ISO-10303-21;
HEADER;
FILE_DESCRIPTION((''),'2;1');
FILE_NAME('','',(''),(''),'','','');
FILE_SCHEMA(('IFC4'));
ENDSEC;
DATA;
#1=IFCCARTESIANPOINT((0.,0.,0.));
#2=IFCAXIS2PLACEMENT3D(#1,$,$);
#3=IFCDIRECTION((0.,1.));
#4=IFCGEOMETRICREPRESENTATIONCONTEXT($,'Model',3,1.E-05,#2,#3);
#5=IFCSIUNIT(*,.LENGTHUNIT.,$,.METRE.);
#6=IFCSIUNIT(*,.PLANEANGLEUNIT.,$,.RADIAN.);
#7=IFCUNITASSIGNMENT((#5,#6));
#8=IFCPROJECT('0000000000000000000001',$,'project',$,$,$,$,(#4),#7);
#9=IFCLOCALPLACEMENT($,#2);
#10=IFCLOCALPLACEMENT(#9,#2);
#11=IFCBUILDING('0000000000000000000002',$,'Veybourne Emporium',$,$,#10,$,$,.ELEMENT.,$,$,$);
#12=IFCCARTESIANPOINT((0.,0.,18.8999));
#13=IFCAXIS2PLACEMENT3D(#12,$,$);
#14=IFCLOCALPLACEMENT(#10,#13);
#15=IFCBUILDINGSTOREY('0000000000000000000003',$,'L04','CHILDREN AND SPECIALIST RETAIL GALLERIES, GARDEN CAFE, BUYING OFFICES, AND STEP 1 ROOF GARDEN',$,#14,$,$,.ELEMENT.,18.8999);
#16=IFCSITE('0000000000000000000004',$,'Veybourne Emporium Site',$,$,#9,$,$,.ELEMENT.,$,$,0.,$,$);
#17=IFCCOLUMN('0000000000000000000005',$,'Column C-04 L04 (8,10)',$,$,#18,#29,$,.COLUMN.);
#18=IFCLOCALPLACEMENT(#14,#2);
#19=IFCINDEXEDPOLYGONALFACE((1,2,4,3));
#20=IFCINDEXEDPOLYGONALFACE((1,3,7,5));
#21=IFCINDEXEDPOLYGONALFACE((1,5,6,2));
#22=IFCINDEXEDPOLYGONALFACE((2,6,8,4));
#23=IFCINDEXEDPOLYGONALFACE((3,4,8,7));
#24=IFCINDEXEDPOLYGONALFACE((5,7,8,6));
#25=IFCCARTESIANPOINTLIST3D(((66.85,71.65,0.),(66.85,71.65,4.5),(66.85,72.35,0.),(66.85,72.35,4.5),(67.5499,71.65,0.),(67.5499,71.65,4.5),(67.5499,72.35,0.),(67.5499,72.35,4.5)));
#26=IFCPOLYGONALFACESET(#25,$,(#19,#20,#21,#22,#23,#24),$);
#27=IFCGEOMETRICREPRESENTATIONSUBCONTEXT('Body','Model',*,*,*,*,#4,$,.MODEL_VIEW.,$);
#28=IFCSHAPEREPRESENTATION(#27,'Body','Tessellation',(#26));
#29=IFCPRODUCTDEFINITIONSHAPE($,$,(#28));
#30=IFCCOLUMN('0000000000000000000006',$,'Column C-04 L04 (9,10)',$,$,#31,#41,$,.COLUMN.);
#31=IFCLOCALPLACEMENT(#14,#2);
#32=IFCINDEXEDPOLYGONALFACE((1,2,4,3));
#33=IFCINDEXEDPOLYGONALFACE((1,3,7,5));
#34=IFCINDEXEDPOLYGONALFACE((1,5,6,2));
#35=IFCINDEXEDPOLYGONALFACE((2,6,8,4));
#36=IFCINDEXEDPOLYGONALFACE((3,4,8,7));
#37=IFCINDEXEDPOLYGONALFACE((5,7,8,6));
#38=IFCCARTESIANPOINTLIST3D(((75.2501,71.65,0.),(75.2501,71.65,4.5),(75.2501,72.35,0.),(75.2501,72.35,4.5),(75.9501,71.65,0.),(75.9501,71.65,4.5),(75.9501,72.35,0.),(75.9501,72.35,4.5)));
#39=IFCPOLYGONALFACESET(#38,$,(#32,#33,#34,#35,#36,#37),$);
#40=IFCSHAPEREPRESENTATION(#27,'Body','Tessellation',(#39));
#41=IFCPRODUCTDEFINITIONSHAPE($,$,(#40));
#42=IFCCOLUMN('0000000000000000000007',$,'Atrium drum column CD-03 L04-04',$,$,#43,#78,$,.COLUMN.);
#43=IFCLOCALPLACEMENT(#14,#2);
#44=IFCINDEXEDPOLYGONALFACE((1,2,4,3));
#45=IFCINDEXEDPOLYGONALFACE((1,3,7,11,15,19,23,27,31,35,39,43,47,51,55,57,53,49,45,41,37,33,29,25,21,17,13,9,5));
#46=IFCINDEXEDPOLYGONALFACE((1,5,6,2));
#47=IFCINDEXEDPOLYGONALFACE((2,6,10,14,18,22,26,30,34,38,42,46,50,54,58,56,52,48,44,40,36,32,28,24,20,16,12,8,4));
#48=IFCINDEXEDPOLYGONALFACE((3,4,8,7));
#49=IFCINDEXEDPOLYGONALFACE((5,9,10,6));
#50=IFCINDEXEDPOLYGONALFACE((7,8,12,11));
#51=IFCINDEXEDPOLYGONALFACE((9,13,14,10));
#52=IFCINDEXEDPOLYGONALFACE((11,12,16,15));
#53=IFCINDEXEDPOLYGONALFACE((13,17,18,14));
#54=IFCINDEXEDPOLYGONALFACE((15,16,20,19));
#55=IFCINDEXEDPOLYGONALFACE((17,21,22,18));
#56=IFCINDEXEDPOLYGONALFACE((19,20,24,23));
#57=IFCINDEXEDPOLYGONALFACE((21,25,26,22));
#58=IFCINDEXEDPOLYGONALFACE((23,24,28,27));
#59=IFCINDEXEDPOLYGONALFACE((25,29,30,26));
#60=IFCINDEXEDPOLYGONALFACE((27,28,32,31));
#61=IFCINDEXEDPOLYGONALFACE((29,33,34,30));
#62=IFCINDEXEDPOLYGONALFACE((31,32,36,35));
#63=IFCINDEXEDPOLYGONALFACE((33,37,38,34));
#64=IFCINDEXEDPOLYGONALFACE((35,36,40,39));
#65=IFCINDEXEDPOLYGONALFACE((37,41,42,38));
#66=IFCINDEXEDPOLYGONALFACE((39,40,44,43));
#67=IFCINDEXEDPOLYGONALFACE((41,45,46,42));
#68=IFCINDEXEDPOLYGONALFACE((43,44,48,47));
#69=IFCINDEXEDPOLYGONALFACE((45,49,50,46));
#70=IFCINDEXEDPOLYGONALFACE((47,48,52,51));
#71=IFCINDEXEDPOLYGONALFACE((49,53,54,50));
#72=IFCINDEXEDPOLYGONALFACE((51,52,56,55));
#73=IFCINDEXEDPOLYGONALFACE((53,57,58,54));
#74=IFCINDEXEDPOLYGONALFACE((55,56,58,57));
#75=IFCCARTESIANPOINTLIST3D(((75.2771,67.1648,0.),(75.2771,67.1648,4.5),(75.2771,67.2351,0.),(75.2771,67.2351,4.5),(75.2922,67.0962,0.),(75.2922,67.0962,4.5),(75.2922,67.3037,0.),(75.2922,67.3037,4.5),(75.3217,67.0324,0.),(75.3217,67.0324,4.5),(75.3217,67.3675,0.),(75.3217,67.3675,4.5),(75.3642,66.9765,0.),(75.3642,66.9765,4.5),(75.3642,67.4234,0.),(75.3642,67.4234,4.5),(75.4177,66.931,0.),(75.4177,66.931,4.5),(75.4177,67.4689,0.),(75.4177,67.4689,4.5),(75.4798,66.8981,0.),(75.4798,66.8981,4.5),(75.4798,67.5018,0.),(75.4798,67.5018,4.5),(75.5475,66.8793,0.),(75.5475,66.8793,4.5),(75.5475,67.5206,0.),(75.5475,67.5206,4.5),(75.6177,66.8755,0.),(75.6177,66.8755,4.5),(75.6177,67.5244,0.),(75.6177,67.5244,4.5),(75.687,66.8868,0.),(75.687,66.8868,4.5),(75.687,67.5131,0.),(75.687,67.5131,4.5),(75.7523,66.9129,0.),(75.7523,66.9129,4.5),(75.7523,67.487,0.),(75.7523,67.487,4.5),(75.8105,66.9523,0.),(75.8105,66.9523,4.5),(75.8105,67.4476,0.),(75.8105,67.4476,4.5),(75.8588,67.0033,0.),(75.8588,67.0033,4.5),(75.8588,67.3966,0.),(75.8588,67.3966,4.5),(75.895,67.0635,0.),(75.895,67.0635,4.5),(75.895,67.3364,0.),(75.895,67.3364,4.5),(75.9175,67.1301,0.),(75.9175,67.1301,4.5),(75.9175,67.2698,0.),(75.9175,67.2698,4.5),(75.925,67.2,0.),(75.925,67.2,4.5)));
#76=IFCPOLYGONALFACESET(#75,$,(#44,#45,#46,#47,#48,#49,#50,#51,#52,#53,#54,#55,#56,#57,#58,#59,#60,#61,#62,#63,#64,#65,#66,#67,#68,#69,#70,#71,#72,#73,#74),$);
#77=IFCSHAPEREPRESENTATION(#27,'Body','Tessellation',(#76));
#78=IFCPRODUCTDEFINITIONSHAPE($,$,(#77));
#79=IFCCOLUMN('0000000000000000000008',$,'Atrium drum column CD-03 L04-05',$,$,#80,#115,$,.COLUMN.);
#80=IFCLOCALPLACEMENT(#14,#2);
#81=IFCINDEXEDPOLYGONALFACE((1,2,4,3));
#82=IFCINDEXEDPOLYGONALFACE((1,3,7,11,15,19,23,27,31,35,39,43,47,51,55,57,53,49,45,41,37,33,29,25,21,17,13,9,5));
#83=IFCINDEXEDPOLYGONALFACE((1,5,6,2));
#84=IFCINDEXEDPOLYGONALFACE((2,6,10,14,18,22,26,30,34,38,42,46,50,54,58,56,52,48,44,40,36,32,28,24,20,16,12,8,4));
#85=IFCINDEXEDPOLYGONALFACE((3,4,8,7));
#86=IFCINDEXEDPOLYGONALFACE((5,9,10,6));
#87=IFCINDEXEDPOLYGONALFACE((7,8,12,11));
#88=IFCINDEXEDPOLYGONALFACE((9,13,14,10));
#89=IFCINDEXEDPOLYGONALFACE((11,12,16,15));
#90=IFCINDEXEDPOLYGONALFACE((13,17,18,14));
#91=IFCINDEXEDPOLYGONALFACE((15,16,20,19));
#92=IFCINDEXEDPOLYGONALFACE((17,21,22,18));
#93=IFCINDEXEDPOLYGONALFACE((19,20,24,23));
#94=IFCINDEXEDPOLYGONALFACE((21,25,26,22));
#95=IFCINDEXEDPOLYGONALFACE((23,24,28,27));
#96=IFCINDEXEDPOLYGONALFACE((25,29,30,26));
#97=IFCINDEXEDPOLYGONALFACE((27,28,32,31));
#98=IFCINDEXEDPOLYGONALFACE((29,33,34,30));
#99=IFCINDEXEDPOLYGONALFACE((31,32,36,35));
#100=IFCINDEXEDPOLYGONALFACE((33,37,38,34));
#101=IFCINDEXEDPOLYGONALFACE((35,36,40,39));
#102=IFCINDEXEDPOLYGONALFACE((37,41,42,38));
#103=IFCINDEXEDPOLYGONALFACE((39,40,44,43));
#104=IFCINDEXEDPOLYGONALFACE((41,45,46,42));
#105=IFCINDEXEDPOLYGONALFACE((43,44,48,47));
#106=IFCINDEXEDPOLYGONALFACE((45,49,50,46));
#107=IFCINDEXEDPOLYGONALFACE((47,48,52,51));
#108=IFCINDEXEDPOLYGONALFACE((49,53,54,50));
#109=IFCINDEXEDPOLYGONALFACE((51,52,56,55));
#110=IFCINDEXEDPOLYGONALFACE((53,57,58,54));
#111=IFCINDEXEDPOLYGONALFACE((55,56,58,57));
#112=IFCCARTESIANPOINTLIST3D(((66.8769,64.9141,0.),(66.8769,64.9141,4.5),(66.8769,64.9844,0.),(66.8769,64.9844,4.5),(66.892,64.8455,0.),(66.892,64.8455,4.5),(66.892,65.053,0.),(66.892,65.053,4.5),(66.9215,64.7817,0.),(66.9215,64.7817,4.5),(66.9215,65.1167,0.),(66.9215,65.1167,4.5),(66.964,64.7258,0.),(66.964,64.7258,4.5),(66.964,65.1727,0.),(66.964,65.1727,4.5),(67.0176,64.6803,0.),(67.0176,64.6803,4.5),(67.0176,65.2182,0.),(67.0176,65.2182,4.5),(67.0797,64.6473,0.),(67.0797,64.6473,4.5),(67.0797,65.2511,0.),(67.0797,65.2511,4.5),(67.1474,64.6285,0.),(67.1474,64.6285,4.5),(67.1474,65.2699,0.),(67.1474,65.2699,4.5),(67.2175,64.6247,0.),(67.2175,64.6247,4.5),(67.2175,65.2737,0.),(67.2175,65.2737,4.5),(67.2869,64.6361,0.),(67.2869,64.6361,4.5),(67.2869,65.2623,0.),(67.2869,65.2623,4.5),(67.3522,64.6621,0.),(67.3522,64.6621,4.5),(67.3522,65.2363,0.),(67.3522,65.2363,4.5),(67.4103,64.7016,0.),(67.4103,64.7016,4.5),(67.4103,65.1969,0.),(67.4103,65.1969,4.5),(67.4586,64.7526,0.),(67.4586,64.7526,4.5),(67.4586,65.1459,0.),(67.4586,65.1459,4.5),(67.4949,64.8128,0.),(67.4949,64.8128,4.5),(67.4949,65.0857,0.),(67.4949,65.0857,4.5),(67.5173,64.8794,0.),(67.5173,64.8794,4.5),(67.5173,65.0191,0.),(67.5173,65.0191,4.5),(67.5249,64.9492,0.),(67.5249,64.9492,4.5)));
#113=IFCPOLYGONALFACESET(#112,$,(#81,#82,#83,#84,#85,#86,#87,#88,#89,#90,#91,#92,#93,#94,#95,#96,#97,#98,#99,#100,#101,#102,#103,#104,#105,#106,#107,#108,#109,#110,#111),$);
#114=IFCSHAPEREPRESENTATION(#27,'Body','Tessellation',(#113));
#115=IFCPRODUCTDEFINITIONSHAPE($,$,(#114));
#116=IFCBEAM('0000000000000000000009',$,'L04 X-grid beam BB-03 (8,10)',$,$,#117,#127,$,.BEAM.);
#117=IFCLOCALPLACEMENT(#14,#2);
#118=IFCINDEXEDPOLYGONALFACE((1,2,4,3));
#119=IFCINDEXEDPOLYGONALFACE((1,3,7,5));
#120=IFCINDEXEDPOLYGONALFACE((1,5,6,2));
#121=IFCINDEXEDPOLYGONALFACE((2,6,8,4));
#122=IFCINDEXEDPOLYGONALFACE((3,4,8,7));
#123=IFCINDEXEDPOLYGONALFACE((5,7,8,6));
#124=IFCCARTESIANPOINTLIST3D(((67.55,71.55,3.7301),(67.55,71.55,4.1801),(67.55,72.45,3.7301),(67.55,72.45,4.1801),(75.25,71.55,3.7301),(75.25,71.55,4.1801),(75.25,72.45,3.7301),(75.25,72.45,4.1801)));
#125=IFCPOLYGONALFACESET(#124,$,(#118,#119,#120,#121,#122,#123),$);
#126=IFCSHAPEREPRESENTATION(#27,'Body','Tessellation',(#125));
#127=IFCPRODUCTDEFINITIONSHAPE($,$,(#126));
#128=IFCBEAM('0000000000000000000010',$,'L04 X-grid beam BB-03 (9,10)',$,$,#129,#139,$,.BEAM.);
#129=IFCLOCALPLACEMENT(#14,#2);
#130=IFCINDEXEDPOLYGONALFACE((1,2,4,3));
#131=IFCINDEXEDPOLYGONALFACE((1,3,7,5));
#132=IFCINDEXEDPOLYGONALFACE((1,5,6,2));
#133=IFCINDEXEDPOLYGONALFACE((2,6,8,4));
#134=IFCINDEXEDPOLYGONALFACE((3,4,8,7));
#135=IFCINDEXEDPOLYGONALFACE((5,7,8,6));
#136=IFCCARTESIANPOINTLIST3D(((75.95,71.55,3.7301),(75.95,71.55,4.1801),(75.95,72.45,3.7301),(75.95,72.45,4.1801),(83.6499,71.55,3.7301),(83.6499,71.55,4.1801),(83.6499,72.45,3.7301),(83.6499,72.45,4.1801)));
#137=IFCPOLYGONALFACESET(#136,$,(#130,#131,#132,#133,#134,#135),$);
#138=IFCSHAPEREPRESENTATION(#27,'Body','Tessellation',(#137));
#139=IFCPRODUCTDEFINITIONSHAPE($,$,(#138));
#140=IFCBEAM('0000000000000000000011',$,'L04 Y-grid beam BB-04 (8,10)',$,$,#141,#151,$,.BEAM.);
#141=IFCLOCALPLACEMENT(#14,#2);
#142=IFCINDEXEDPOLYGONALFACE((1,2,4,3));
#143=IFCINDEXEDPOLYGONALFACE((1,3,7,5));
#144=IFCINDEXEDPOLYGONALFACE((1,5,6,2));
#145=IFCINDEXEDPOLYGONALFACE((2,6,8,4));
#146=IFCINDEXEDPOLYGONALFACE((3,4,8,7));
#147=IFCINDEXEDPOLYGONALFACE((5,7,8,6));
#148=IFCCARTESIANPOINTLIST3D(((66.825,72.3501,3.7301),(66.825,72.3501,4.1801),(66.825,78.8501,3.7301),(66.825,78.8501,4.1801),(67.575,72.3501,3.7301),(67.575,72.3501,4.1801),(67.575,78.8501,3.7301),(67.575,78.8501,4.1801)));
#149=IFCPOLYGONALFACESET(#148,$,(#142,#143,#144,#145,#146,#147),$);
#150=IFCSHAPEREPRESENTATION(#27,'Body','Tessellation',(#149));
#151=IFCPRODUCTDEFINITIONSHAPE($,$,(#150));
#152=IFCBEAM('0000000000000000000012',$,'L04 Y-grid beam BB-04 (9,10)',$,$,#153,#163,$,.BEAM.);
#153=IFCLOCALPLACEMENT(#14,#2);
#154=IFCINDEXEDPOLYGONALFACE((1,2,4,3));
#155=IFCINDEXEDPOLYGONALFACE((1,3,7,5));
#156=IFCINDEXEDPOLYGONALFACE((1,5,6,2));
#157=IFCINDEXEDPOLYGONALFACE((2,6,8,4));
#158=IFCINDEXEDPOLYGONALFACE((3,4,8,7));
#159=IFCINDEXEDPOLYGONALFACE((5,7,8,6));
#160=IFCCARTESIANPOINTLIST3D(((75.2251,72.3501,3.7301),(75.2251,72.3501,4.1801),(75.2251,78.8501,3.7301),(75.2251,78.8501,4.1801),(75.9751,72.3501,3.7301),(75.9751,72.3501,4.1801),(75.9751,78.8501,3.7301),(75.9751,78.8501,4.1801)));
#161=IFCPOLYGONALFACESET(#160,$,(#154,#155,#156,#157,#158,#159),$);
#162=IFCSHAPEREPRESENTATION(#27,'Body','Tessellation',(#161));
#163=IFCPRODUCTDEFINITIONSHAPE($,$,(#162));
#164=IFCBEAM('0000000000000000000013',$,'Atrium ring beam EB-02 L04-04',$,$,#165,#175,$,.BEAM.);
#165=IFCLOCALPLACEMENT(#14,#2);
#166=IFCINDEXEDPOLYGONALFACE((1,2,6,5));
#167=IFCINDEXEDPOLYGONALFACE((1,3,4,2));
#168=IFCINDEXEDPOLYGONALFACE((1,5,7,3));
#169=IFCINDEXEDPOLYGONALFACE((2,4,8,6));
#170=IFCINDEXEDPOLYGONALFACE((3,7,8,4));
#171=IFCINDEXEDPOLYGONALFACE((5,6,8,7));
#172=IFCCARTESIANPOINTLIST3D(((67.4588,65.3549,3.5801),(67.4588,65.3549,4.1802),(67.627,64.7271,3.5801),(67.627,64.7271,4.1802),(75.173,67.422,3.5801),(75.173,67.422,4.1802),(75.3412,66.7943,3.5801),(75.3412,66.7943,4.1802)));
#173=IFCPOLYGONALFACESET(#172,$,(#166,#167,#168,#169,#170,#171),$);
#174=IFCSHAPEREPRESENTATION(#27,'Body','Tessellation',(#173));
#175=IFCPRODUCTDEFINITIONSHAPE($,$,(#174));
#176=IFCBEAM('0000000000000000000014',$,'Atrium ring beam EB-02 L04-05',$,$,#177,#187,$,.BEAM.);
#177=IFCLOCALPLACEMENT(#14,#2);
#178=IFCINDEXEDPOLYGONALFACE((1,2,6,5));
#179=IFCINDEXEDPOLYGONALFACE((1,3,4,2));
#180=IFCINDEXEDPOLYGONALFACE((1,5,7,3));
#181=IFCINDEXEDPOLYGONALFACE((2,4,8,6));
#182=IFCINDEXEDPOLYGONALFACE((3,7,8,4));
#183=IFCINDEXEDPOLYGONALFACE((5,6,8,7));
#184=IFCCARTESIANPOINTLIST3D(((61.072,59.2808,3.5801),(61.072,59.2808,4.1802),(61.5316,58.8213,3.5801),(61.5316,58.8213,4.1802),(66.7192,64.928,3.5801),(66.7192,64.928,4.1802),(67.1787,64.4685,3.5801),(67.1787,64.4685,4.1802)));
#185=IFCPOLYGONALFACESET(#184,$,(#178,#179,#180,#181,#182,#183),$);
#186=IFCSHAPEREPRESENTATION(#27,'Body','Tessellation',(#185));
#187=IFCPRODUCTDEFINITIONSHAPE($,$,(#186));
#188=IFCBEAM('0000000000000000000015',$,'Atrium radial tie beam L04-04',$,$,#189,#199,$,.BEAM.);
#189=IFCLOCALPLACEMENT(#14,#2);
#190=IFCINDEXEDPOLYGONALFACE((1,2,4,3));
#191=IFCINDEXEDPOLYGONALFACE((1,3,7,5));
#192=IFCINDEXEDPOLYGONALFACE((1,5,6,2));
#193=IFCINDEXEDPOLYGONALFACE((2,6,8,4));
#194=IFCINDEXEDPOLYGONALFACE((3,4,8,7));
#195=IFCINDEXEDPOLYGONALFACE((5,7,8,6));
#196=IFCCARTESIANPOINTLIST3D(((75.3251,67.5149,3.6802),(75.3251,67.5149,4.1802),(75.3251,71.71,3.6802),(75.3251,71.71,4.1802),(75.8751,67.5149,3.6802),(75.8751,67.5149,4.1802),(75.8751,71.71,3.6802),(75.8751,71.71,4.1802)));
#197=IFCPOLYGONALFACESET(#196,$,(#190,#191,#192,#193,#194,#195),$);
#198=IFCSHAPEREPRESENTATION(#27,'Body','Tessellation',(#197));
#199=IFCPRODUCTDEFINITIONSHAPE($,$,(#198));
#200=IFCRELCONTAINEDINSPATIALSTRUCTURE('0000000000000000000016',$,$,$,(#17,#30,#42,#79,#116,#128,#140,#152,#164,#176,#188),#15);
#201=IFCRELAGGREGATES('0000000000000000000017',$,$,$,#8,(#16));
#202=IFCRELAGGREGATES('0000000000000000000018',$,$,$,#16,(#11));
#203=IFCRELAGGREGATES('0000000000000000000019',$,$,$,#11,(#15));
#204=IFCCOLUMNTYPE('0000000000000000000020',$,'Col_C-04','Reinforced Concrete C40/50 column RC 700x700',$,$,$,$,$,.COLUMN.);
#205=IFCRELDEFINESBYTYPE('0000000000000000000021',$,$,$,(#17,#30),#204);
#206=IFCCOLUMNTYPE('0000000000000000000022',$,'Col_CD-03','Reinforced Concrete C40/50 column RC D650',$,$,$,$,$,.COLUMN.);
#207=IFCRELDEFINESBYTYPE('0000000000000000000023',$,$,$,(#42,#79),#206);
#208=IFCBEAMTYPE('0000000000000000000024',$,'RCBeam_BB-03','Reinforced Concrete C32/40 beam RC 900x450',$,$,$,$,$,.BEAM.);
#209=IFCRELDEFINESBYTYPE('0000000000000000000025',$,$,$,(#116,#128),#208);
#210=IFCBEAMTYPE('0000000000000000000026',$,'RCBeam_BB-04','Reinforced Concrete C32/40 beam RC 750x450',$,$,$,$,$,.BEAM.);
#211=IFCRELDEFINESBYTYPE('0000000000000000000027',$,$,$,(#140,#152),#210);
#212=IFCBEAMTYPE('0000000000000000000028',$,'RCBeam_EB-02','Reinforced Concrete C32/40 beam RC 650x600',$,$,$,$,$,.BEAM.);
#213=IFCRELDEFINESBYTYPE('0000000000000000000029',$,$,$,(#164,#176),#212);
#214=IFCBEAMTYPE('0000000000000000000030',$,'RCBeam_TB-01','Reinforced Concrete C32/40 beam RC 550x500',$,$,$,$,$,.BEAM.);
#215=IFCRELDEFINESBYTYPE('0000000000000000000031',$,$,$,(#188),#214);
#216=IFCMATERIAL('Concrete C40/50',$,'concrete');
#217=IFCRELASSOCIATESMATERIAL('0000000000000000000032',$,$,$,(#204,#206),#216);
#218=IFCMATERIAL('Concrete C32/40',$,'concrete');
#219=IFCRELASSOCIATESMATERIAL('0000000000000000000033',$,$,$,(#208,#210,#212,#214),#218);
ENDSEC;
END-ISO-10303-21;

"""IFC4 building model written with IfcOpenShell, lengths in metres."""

from ifc_helpers import new_model, si_unit, direction, frame, origin, origin_2d, place, context, subcontext, project, spatial, rectangle, circle, extrude, material, material_profile, profile_set, type_object, element, save


model = new_model("IFC4")

# Units and contexts
model_context = context("Model", 3, precision=1e-05, world=origin(), true_north=direction((0.0, 1.0)))
body_context = subcontext(model_context, "Body", "Model", "MODEL_VIEW")
ifc_project = project(units=[si_unit("LENGTHUNIT", "METRE"), si_unit("PLANEANGLEUNIT", "RADIAN")], contexts=[model_context])

# Site, building, storey
site_placement = place(None, origin())
site = spatial("IfcSite", under=ifc_project, at=site_placement, Name="Veybourne Emporium Site", CompositionType="ELEMENT", RefElevation=0.0)
building_placement = place(site_placement, origin())
building = spatial("IfcBuilding", under=site, at=building_placement, Name="Veybourne Emporium", CompositionType="ELEMENT")
storey_placement = place(building_placement, frame((0.0, 0.0, 18.8999)))
storey = spatial("IfcBuildingStorey", under=building, at=storey_placement, Name="L04", Description="CHILDREN AND SPECIALIST RETAIL GALLERIES, GARDEN CAFE, BUYING OFFICES, AND STEP 1 ROOF GARDEN", CompositionType="ELEMENT", Elevation=18.8999)

# Columns
ifc_material_1 = material(Name="Concrete C40/50", Category="concrete")
ifc_material_profile_1 = material_profile(ifc_material_1, rectangle(XDim=0.7, YDim=0.7, at=origin_2d()), Name="RC 700x700")
ifc_profile_set_1 = profile_set([ifc_material_profile_1], Name="Concrete C40/50")
column_type_1 = type_object("IfcColumnType", Name="Col_C-04", Description="Reinforced Concrete C40/50 column RC 700x700", PredefinedType="COLUMN", material=ifc_profile_set_1)
for number, where, z_axis, x_axis, name in (
    (1, (67.2, 72.0, 0.0), (0.0, 0.0, 1.0), (1.0, 0.0, 0.0), "Column C-04 L04 (8,10)"),
    (2, (75.6001, 72.0, 0.0), (0.0, 0.0, 1.0), (1.0, 0.0, 0.0), "Column C-04 L04 (9,10)"),
):
    element("IfcColumn", number, at=place(storey_placement, frame(where, z_axis=z_axis, x_axis=x_axis)), inside=storey, type_object=column_type_1, Name=name, PredefinedType="COLUMN", context=body_context, shape_type="SweptSolid", body=[
        extrude(rectangle(XDim=0.7, YDim=0.7, at=origin_2d()), origin(), (0.0, 0.0, 1.0), 4.5),
    ])
ifc_material_profile_2 = material_profile(ifc_material_1, circle(Radius=0.325, at=origin_2d()), Name="RC D650")
ifc_profile_set_2 = profile_set([ifc_material_profile_2], Name="Concrete C40/50")
column_type_2 = type_object("IfcColumnType", Name="Col_CD-03", Description="Reinforced Concrete C40/50 column RC D650", PredefinedType="COLUMN", material=ifc_profile_set_2)
for number, where, z_axis, x_axis, name in (
    (3, (75.6001, 67.2, 0.0), (0.0, 0.0, 1.0), (1.0, 0.0, 0.0), "Atrium drum column CD-03 L04-04"),
    (4, (67.2, 64.9492, 0.0), (0.0, 0.0, 1.0), (1.0, 0.0, 0.0), "Atrium drum column CD-03 L04-05"),
):
    element("IfcColumn", number, at=place(storey_placement, frame(where, z_axis=z_axis, x_axis=x_axis)), inside=storey, type_object=column_type_2, Name=name, PredefinedType="COLUMN", context=body_context, shape_type="SweptSolid", body=[
        extrude(circle(Radius=0.325, at=origin_2d()), origin(), (0.0, 0.0, 1.0), 4.5),
    ])

# Beams
ifc_material_2 = material(Name="Concrete C32/40", Category="concrete")
ifc_material_profile_3 = material_profile(ifc_material_2, rectangle(XDim=0.8999, YDim=0.45, at=origin_2d()), Name="RC 900x450")
ifc_profile_set_3 = profile_set([ifc_material_profile_3], Name="Concrete C32/40")
beam_type_1 = type_object("IfcBeamType", Name="RCBeam_BB-03", Description="Reinforced Concrete C32/40 beam RC 900x450", PredefinedType="BEAM", material=ifc_profile_set_3)
for number, where, z_axis, x_axis, name in (
    (5, (67.55, 72.0, 3.9551), (1.0, 0.0, 0.0), (0.0, 1.0, 0.0), "L04 X-grid beam BB-03 (8,10)"),
    (6, (75.95, 72.0, 3.9551), (1.0, 0.0, 0.0), (0.0, 1.0, 0.0), "L04 X-grid beam BB-03 (9,10)"),
):
    element("IfcBeam", number, at=place(storey_placement, frame(where, z_axis=z_axis, x_axis=x_axis)), inside=storey, type_object=beam_type_1, Name=name, PredefinedType="BEAM", context=body_context, shape_type="SweptSolid", body=[
        extrude(rectangle(XDim=0.8999, YDim=0.45, at=origin_2d()), origin(), (0.0, 0.0, 1.0), 7.7),
    ])
ifc_material_profile_4 = material_profile(ifc_material_2, rectangle(XDim=0.75, YDim=0.45, at=origin_2d()), Name="RC 750x450")
ifc_profile_set_4 = profile_set([ifc_material_profile_4], Name="Concrete C32/40")
beam_type_2 = type_object("IfcBeamType", Name="RCBeam_BB-04", Description="Reinforced Concrete C32/40 beam RC 750x450", PredefinedType="BEAM", material=ifc_profile_set_4)
for number, where, z_axis, x_axis, name in (
    (7, (67.2, 72.3501, 3.9551), (0.0, 1.0, 0.0), (-1.0, 0.0, 0.0), "L04 Y-grid beam BB-04 (8,10)"),
    (8, (75.6001, 72.3501, 3.9551), (0.0, 1.0, 0.0), (-1.0, 0.0, 0.0), "L04 Y-grid beam BB-04 (9,10)"),
):
    element("IfcBeam", number, at=place(storey_placement, frame(where, z_axis=z_axis, x_axis=x_axis)), inside=storey, type_object=beam_type_2, Name=name, PredefinedType="BEAM", context=body_context, shape_type="SweptSolid", body=[
        extrude(rectangle(XDim=0.75, YDim=0.45, at=origin_2d()), origin(), (0.0, 0.0, 1.0), 6.5),
    ])
ifc_material_profile_5 = material_profile(ifc_material_2, rectangle(XDim=0.6499, YDim=0.6001, at=origin_2d()), Name="RC 650x600")
ifc_profile_set_5 = profile_set([ifc_material_profile_5], Name="Concrete C32/40")
beam_type_3 = type_object("IfcBeamType", Name="RCBeam_EB-02", Description="Reinforced Concrete C32/40 beam RC 650x600", PredefinedType="BEAM", material=ifc_profile_set_5)
for number, where, z_axis, x_axis, name in (
    (9, (75.2571, 67.1082, 3.8801), (-0.965921, -0.258836, 0.0), (0.258836, -0.965921, 0.0), "Atrium ring beam EB-02 L04-04"),
    (10, (66.949, 64.6982, 3.8801), (-0.707107, -0.707107, 0.0), (0.707107, -0.707107, 0.0), "Atrium ring beam EB-02 L04-05"),
):
    element("IfcBeam", number, at=place(storey_placement, frame(where, z_axis=z_axis, x_axis=x_axis)), inside=storey, type_object=beam_type_3, Name=name, PredefinedType="BEAM", context=body_context, shape_type="SweptSolid", body=[
        extrude(rectangle(XDim=0.6499, YDim=0.6001, at=origin_2d()), origin(), (0.0, 0.0, 1.0), 7.9863),
    ])
ifc_material_profile_6 = material_profile(ifc_material_2, rectangle(XDim=0.55, YDim=0.5, at=origin_2d()), Name="RC 550x500")
ifc_profile_set_6 = profile_set([ifc_material_profile_6], Name="Concrete C32/40")
beam_type_4 = type_object("IfcBeamType", Name="RCBeam_TB-01", Description="Reinforced Concrete C32/40 beam RC 550x500", PredefinedType="BEAM", material=ifc_profile_set_6)
beam_1_placement = place(storey_placement, frame((75.6001, 67.5149, 3.9302), z_axis=(0.0, 1.0, 0.0), x_axis=(-1.0, 0.0, 0.0)))
element("IfcBeam", 11, at=beam_1_placement, inside=storey, type_object=beam_type_4, Name="Atrium radial tie beam L04-04", PredefinedType="BEAM", context=body_context, shape_type="SweptSolid", body=[
    extrude(rectangle(XDim=0.55, YDim=0.5, at=origin_2d()), origin(), (0.0, 0.0, 1.0), 4.1951),
])

save(model, "model.ifc")
